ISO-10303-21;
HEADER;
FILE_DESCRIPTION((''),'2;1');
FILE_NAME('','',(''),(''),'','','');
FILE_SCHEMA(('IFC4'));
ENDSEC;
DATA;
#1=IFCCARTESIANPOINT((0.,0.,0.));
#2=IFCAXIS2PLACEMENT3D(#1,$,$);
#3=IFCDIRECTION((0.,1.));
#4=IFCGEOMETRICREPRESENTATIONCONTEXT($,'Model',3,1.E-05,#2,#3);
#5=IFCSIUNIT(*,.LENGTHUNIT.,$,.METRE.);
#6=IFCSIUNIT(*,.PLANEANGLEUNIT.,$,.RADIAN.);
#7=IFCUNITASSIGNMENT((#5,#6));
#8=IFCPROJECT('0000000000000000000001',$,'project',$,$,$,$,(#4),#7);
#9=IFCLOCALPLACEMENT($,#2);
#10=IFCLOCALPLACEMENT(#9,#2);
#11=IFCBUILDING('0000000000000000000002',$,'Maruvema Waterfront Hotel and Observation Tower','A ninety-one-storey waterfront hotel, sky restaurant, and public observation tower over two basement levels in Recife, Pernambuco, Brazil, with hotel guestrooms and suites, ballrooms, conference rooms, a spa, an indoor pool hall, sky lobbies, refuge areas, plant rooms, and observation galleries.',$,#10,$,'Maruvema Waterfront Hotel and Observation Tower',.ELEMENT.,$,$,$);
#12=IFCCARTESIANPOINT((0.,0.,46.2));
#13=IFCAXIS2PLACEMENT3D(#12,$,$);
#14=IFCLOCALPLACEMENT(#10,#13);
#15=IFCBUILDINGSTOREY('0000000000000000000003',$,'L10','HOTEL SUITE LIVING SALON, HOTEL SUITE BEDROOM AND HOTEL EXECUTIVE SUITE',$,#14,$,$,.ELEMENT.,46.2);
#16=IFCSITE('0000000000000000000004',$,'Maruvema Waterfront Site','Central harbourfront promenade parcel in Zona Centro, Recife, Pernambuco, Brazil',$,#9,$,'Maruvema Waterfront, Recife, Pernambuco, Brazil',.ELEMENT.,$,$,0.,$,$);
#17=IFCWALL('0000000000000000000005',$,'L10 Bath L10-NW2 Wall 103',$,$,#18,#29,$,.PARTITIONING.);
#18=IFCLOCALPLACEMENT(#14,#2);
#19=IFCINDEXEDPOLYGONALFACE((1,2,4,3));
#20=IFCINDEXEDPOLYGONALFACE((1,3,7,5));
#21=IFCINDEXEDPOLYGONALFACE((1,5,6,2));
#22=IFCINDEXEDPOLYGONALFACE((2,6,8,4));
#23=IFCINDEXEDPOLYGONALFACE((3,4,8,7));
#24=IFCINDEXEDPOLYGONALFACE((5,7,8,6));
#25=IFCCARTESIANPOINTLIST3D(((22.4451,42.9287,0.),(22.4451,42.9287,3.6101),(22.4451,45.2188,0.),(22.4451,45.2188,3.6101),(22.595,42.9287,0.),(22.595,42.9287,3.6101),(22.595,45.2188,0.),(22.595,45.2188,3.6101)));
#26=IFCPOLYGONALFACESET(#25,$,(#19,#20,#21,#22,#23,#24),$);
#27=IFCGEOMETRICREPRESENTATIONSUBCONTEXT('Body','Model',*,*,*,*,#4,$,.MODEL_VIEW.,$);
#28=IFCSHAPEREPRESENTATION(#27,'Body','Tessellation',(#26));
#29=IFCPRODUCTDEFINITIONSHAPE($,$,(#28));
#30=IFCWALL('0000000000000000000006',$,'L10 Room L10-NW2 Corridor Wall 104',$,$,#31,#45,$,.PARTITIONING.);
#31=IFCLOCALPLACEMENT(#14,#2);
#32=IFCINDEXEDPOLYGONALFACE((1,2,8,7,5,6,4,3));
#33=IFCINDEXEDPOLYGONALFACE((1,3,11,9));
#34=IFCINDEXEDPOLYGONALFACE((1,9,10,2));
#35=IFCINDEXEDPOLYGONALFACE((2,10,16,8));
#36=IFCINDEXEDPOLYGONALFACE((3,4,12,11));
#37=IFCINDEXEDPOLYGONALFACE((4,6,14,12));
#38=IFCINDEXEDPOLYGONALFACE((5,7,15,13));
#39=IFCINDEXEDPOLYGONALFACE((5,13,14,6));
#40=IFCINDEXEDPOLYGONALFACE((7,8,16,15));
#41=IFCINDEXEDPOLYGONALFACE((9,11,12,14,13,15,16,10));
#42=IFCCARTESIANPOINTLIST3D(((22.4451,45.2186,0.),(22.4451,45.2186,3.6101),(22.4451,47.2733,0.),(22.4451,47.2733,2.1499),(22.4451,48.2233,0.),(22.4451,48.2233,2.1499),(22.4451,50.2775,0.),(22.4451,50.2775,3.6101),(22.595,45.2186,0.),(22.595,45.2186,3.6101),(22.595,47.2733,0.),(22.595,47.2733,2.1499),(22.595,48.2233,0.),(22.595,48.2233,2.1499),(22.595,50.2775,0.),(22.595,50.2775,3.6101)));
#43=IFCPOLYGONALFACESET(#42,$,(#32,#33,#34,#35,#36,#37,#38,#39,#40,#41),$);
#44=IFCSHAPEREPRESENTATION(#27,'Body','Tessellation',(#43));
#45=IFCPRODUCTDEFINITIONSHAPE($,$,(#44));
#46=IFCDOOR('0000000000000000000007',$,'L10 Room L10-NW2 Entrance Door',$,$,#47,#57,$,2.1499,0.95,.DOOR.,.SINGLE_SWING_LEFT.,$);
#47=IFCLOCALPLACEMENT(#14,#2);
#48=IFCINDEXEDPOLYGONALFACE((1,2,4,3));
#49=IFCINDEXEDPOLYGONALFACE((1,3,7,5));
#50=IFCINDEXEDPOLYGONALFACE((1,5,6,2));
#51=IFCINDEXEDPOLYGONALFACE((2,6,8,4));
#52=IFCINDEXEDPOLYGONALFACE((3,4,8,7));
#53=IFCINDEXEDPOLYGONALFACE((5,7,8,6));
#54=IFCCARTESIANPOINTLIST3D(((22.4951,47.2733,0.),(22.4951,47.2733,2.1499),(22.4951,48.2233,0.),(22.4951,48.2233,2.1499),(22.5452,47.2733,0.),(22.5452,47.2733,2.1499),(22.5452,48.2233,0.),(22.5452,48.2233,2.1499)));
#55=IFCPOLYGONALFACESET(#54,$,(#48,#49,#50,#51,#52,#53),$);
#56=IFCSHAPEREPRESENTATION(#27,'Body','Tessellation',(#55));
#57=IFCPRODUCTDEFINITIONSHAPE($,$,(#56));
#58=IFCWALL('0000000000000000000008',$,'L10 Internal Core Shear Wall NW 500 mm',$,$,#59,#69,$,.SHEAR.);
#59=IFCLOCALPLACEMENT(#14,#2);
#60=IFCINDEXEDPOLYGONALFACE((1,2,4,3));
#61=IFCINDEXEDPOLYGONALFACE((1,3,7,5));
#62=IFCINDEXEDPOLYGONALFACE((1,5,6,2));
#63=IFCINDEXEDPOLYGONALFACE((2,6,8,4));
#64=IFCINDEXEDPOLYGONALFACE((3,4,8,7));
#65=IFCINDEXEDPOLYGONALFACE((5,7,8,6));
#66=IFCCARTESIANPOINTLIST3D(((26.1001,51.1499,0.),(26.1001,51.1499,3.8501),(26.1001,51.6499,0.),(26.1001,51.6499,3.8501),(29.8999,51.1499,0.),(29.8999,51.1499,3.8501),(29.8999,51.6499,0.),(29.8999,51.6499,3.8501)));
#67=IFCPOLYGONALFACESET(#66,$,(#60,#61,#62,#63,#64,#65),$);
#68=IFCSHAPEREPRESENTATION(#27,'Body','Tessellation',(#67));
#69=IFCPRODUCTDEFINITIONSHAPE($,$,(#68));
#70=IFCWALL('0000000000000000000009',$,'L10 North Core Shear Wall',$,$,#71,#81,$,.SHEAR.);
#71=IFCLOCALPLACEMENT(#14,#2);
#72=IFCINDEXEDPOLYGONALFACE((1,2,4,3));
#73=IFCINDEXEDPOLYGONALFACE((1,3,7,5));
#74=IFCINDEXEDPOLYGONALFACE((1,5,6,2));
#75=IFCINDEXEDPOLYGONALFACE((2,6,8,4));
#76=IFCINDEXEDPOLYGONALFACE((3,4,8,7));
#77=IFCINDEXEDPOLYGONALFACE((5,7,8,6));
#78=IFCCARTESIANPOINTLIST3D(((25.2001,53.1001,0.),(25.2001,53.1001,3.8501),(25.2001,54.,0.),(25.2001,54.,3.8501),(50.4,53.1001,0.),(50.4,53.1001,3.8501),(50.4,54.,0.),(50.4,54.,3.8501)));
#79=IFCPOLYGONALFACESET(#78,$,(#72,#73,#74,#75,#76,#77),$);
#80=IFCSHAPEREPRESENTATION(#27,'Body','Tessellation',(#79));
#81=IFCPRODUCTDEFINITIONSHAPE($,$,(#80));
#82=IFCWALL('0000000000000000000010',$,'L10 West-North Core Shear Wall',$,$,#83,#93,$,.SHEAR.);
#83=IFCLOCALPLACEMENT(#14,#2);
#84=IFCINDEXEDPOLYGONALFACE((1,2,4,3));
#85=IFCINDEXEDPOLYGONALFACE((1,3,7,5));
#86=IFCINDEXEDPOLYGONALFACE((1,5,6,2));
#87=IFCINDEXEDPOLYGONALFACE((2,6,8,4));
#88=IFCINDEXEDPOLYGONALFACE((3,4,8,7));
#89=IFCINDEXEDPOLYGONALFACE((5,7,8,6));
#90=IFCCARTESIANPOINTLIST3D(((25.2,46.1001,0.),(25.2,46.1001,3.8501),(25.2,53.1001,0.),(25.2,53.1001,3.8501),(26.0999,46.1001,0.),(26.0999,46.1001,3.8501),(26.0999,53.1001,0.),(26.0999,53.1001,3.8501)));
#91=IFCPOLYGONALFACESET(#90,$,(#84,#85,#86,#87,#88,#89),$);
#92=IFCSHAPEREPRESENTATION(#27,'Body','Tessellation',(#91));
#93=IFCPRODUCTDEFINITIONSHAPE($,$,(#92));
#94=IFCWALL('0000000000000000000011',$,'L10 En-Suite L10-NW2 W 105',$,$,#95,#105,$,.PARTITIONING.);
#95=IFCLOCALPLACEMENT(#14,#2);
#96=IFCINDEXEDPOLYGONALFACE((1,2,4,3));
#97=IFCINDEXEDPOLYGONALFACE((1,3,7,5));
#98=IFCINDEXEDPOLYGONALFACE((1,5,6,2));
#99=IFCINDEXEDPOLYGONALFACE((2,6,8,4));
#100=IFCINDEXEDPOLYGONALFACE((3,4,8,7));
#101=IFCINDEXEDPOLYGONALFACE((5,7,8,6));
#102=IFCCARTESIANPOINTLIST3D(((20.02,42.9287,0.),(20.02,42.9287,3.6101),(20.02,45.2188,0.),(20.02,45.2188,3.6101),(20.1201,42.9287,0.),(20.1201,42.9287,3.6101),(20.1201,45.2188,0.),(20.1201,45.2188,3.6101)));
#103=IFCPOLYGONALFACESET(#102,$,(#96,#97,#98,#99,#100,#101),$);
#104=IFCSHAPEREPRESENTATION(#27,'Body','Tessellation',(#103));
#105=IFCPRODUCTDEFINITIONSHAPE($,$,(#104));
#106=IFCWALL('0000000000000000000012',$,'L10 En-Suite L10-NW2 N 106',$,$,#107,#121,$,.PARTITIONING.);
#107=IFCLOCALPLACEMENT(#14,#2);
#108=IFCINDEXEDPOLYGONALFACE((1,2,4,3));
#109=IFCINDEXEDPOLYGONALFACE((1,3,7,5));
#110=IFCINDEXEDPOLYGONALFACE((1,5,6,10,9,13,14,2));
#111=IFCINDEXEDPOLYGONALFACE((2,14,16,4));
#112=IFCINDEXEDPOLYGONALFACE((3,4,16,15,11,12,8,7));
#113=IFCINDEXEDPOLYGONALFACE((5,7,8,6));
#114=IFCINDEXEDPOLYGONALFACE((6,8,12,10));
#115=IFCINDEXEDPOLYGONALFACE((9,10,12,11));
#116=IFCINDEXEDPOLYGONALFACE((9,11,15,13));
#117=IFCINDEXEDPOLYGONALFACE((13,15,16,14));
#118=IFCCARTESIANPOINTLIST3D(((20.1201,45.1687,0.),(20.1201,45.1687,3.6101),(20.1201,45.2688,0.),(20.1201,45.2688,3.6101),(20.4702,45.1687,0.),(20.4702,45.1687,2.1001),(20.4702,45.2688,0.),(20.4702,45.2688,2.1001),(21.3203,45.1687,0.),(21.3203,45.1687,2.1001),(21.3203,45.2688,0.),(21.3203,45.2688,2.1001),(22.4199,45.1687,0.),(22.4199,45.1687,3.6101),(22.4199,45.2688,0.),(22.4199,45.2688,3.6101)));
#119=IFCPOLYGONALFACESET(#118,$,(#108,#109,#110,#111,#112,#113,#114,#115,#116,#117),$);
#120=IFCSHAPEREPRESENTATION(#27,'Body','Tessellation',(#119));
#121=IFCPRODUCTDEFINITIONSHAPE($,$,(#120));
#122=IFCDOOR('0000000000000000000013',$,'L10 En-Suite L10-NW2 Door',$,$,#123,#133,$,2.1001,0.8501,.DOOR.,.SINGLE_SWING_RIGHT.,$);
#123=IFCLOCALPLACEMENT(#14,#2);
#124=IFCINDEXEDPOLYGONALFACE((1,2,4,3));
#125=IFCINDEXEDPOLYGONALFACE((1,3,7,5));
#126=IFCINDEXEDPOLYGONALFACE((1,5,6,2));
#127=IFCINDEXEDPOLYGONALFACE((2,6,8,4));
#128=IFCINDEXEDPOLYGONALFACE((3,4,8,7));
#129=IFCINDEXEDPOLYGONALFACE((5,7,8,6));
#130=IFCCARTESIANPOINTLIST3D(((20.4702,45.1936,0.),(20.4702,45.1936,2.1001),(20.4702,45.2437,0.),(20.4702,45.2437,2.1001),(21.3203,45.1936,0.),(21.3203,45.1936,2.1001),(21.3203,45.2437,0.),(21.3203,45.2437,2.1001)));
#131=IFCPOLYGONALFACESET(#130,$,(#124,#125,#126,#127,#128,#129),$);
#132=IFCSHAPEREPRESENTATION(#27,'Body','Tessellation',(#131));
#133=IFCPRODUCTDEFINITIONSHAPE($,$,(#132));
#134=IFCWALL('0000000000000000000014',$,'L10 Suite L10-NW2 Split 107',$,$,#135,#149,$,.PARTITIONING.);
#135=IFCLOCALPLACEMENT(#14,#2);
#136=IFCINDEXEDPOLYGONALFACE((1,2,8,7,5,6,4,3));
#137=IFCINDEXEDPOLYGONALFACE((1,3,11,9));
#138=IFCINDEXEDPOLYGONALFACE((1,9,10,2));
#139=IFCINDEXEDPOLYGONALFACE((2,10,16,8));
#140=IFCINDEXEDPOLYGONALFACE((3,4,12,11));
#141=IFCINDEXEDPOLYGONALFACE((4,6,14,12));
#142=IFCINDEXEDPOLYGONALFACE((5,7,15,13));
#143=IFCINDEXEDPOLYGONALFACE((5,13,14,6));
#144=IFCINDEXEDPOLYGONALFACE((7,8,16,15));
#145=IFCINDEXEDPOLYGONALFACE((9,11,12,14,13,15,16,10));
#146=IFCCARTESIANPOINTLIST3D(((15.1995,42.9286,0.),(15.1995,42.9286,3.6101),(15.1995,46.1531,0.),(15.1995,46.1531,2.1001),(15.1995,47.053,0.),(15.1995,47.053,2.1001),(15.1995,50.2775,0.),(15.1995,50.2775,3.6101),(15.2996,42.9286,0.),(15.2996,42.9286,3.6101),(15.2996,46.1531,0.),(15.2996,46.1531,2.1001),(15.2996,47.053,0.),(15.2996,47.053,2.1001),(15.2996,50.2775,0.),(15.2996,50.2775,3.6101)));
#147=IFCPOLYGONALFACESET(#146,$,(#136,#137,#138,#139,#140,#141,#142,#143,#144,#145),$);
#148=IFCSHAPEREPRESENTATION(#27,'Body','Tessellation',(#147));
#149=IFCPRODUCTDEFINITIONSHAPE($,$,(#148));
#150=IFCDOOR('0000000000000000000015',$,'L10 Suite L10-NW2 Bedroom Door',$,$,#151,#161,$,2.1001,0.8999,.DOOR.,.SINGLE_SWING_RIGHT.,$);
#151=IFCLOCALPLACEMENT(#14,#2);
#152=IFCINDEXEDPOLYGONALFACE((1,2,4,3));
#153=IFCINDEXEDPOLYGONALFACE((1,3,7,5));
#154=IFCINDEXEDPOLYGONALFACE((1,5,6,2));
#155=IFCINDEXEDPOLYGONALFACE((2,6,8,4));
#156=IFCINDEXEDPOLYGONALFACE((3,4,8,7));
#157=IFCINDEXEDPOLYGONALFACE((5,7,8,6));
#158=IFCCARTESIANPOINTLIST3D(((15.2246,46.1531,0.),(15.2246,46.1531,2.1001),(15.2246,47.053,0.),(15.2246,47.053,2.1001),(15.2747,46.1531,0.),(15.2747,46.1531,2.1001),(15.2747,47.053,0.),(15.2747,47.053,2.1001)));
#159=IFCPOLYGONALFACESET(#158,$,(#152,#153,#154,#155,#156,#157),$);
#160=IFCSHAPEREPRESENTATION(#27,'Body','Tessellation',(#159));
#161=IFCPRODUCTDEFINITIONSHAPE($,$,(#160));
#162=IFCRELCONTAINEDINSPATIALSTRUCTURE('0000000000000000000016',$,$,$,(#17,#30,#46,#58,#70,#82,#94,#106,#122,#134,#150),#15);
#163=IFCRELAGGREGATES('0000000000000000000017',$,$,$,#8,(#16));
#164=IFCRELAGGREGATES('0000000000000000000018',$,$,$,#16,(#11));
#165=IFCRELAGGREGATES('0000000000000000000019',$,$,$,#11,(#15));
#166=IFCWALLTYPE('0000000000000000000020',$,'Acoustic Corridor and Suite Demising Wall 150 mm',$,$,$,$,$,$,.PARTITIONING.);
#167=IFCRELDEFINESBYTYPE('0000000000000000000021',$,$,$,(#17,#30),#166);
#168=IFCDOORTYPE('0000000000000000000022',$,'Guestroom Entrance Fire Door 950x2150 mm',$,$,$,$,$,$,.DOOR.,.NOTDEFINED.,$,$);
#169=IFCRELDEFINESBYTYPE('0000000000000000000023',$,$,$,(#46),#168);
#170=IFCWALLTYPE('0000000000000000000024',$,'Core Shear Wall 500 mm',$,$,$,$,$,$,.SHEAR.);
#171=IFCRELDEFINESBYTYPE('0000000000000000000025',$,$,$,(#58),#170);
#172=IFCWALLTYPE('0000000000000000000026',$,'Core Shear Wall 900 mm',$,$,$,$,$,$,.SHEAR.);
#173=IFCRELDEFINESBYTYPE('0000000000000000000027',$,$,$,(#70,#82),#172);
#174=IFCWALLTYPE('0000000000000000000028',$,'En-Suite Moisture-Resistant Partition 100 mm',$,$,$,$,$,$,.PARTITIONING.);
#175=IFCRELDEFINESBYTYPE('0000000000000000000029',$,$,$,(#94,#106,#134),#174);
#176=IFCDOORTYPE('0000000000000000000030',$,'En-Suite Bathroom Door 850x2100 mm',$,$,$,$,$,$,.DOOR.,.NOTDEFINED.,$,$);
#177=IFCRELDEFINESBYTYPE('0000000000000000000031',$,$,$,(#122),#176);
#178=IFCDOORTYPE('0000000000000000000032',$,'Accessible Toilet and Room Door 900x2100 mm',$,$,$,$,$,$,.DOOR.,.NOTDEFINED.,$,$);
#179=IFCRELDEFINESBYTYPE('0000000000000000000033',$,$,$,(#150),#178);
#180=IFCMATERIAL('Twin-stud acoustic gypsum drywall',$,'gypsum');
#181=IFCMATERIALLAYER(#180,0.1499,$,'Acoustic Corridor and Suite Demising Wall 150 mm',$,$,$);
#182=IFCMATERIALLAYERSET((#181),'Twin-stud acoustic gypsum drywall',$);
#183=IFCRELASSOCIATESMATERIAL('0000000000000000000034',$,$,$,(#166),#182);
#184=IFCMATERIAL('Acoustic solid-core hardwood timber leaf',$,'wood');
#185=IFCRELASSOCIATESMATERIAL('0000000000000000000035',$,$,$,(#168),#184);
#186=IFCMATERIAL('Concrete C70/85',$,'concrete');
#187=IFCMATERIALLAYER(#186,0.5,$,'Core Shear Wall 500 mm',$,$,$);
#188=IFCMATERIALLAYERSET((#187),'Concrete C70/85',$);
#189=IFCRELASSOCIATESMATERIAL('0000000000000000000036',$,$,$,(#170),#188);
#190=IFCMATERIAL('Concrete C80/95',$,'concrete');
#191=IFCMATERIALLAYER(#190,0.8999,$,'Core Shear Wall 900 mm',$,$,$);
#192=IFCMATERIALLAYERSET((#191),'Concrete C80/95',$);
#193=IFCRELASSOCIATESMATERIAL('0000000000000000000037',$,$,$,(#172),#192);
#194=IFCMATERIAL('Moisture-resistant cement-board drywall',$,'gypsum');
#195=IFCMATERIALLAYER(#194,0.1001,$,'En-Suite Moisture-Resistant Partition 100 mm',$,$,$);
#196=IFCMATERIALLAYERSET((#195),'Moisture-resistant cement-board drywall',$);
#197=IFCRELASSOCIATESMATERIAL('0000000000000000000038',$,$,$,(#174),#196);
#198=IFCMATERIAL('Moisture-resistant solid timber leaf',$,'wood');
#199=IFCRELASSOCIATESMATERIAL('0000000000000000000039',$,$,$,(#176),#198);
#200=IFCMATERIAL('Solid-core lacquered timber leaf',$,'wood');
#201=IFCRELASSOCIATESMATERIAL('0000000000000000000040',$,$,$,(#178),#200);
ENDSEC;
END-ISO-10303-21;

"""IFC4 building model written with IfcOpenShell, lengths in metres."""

from ifc_helpers import new_model, si_unit, direction, frame, frame_2d, origin, place, context, subcontext, project, spatial, rectangle, extrude, material, layer, layer_set, type_object, element, fill, save


model = new_model("IFC4")

# Units and contexts
model_context = context("Model", 3, precision=1e-05, world=origin(), true_north=direction((0.0, 1.0)))
body_context = subcontext(model_context, "Body", "Model", "MODEL_VIEW")
ifc_project = project(units=[si_unit("LENGTHUNIT", "METRE"), si_unit("PLANEANGLEUNIT", "RADIAN")], contexts=[model_context])

# Site, building, storey
site_placement = place(None, origin())
site = spatial("IfcSite", under=ifc_project, at=site_placement, Name="Maruvema Waterfront Site", Description="Central harbourfront promenade parcel in Zona Centro, Recife, Pernambuco, Brazil", LongName="Maruvema Waterfront, Recife, Pernambuco, Brazil", CompositionType="ELEMENT", RefElevation=0.0)
building_placement = place(site_placement, origin())
building = spatial("IfcBuilding", under=site, at=building_placement, Name="Maruvema Waterfront Hotel and Observation Tower", Description="A ninety-one-storey waterfront hotel, sky restaurant, and public observation tower over two basement levels in Recife, Pernambuco, Brazil, with hotel guestrooms and suites, ballrooms, conference rooms, a spa, an indoor pool hall, sky lobbies, refuge areas, plant rooms, and observation galleries.", LongName="Maruvema Waterfront Hotel and Observation Tower", CompositionType="ELEMENT")
storey_placement = place(building_placement, frame((0.0, 0.0, 46.2)))
storey = spatial("IfcBuildingStorey", under=building, at=storey_placement, Name="L10", Description="HOTEL SUITE LIVING SALON, HOTEL SUITE BEDROOM AND HOTEL EXECUTIVE SUITE", CompositionType="ELEMENT", Elevation=46.2)

# Wall
ifc_material_1 = material(Name="Twin-stud acoustic gypsum drywall", Category="gypsum")
ifc_layer_1 = layer(ifc_material_1, 0.1499, Name="Acoustic Corridor and Suite Demising Wall 150 mm")
ifc_layer_set_1 = layer_set([ifc_layer_1], Name="Twin-stud acoustic gypsum drywall")
wall_type_1 = type_object("IfcWallType", Name="Acoustic Corridor and Suite Demising Wall 150 mm", PredefinedType="PARTITIONING", material=ifc_layer_set_1)
wall_1_placement = place(storey_placement, frame((22.52, 42.9287, 0.0), z_axis=(0.0, 0.0, 1.0), x_axis=(0.0, 1.0, 0.0)))
element("IfcWall", 1, at=wall_1_placement, inside=storey, type_object=wall_type_1, Name="L10 Bath L10-NW2 Wall 103", PredefinedType="PARTITIONING", context=body_context, shape_type="SweptSolid", body=[
    extrude(rectangle(XDim=2.29, YDim=0.1499, at=frame_2d((1.145, 0.0))), origin(), (0.0, 0.0, 1.0), 3.6101),
])

# Wall, opening, door
wall_2_placement = place(storey_placement, frame((22.52, 45.2188, 0.0), z_axis=(0.0, 0.0, 1.0), x_axis=(0.0, 1.0, 0.0)))
wall_2 = element("IfcWall", 2, at=wall_2_placement, inside=storey, type_object=wall_type_1, Name="L10 Room L10-NW2 Corridor Wall 104", PredefinedType="PARTITIONING", context=body_context, shape_type="SweptSolid", body=[
    extrude(rectangle(XDim=5.0588, YDim=0.1499, at=frame_2d((2.5293, 0.0))), origin(), (0.0, 0.0, 1.0), 3.6101),
])
opening_1_placement = place(wall_2_placement, frame((2.0544, 0.0, 0.0)))
opening_1 = element("IfcOpeningElement", 3, at=opening_1_placement, cuts=wall_2, PredefinedType="OPENING", context=body_context, shape_type="SweptSolid", body=[
    extrude(rectangle(XDim=0.95, YDim=2.1499, at=frame_2d((0.4751, 1.075))), frame((0.0, 0.085, 0.0), z_axis=(0.0, -1.0, 0.0), x_axis=(1.0, 0.0, 0.0)), (0.0, 0.0, 1.0), 0.1699),
])
ifc_material_2 = material(Name="Acoustic solid-core hardwood timber leaf", Category="wood")
door_type_1 = type_object("IfcDoorType", Name="Guestroom Entrance Fire Door 950x2150 mm", OperationType="NOTDEFINED", PredefinedType="DOOR", material=ifc_material_2)
door_1_placement = place(opening_1_placement, origin())
door_1 = element("IfcDoor", 4, at=door_1_placement, inside=storey, type_object=door_type_1, Name="L10 Room L10-NW2 Entrance Door", OperationType="SINGLE_SWING_LEFT", OverallHeight=2.1499, OverallWidth=0.95, PredefinedType="DOOR", context=body_context, shape_type="SweptSolid", body=[
    extrude(rectangle(XDim=0.95, YDim=2.1499, at=frame_2d((0.4751, 1.075))), frame((0.0, 0.0249, 0.0), z_axis=(0.0, -1.0, 0.0), x_axis=(1.0, 0.0, 0.0)), (0.0, 0.0, 1.0), 0.05),
])
fill(opening_1, door_1)

# Walls
ifc_material_3 = material(Name="Concrete C70/85", Category="concrete")
ifc_layer_2 = layer(ifc_material_3, 0.5, Name="Core Shear Wall 500 mm")
ifc_layer_set_2 = layer_set([ifc_layer_2], Name="Concrete C70/85")
wall_type_2 = type_object("IfcWallType", Name="Core Shear Wall 500 mm", PredefinedType="SHEAR", material=ifc_layer_set_2)
wall_3_placement = place(storey_placement, frame((26.1001, 51.3999, 0.0), z_axis=(0.0, 0.0, 1.0), x_axis=(1.0, 0.0, 0.0)))
element("IfcWall", 5, at=wall_3_placement, inside=storey, type_object=wall_type_2, Name="L10 Internal Core Shear Wall NW 500 mm", PredefinedType="SHEAR", context=body_context, shape_type="SweptSolid", body=[
    extrude(rectangle(XDim=3.7998, YDim=0.5, at=frame_2d((1.8999, 0.0))), origin(), (0.0, 0.0, 1.0), 3.8501),
])
ifc_material_4 = material(Name="Concrete C80/95", Category="concrete")
ifc_layer_3 = layer(ifc_material_4, 0.8999, Name="Core Shear Wall 900 mm")
ifc_layer_set_3 = layer_set([ifc_layer_3], Name="Concrete C80/95")
wall_type_3 = type_object("IfcWallType", Name="Core Shear Wall 900 mm", PredefinedType="SHEAR", material=ifc_layer_set_3)
wall_4_placement = place(storey_placement, frame((25.2, 53.55, 0.0), z_axis=(0.0, 0.0, 1.0), x_axis=(1.0, 0.0, 0.0)))
element("IfcWall", 6, at=wall_4_placement, inside=storey, type_object=wall_type_3, Name="L10 North Core Shear Wall", PredefinedType="SHEAR", context=body_context, shape_type="SweptSolid", body=[
    extrude(rectangle(XDim=25.2, YDim=0.8999, at=frame_2d((12.6001, 0.0))), origin(), (0.0, 0.0, 1.0), 3.8501),
])
wall_5_placement = place(storey_placement, frame((25.6499, 46.1001, 0.0), z_axis=(0.0, 0.0, 1.0), x_axis=(0.0, 1.0, 0.0)))
element("IfcWall", 7, at=wall_5_placement, inside=storey, type_object=wall_type_3, Name="L10 West-North Core Shear Wall", PredefinedType="SHEAR", context=body_context, shape_type="SweptSolid", body=[
    extrude(rectangle(XDim=7.0, YDim=0.8999, at=frame_2d((3.5, 0.0))), origin(), (0.0, 0.0, 1.0), 3.8501),
])
ifc_material_5 = material(Name="Moisture-resistant cement-board drywall", Category="gypsum")
ifc_layer_4 = layer(ifc_material_5, 0.1001, Name="En-Suite Moisture-Resistant Partition 100 mm")
ifc_layer_set_4 = layer_set([ifc_layer_4], Name="Moisture-resistant cement-board drywall")
wall_type_4 = type_object("IfcWallType", Name="En-Suite Moisture-Resistant Partition 100 mm", PredefinedType="PARTITIONING", material=ifc_layer_set_4)
wall_6_placement = place(storey_placement, frame((20.0701, 42.9287, 0.0), z_axis=(0.0, 0.0, 1.0), x_axis=(0.0, 1.0, 0.0)))
element("IfcWall", 8, at=wall_6_placement, inside=storey, type_object=wall_type_4, Name="L10 En-Suite L10-NW2 W 105", PredefinedType="PARTITIONING", context=body_context, shape_type="SweptSolid", body=[
    extrude(rectangle(XDim=2.29, YDim=0.1001, at=frame_2d((1.145, 0.0))), origin(), (0.0, 0.0, 1.0), 3.6101),
])

# Walls, openings, doors
wall_7_placement = place(storey_placement, frame((20.1201, 45.2188, 0.0), z_axis=(0.0, 0.0, 1.0), x_axis=(1.0, 0.0, 0.0)))
wall_7 = element("IfcWall", 9, at=wall_7_placement, inside=storey, type_object=wall_type_4, Name="L10 En-Suite L10-NW2 N 106", PredefinedType="PARTITIONING", context=body_context, shape_type="SweptSolid", body=[
    extrude(rectangle(XDim=2.2998, YDim=0.1001, at=frame_2d((1.1499, 0.0))), origin(), (0.0, 0.0, 1.0), 3.6101),
])
opening_2_placement = place(wall_7_placement, frame((0.3501, 0.0, 0.0)))
opening_2 = element("IfcOpeningElement", 10, at=opening_2_placement, cuts=wall_7, PredefinedType="OPENING", context=body_context, shape_type="SweptSolid", body=[
    extrude(rectangle(XDim=0.8501, YDim=2.1001, at=frame_2d((0.425, 1.05))), frame((0.0, 0.0601, 0.0), z_axis=(0.0, -1.0, 0.0), x_axis=(1.0, 0.0, 0.0)), (0.0, 0.0, 1.0), 0.1201),
])
ifc_material_6 = material(Name="Moisture-resistant solid timber leaf", Category="wood")
door_type_2 = type_object("IfcDoorType", Name="En-Suite Bathroom Door 850x2100 mm", OperationType="NOTDEFINED", PredefinedType="DOOR", material=ifc_material_6)
door_2_placement = place(opening_2_placement, origin())
door_2 = element("IfcDoor", 11, at=door_2_placement, inside=storey, type_object=door_type_2, Name="L10 En-Suite L10-NW2 Door", OperationType="SINGLE_SWING_RIGHT", OverallHeight=2.1001, OverallWidth=0.8501, PredefinedType="DOOR", context=body_context, shape_type="SweptSolid", body=[
    extrude(rectangle(XDim=0.8501, YDim=2.1001, at=frame_2d((0.425, 1.05))), frame((0.0, 0.0249, 0.0), z_axis=(0.0, -1.0, 0.0), x_axis=(1.0, 0.0, 0.0)), (0.0, 0.0, 1.0), 0.05),
])
fill(opening_2, door_2)
wall_8_placement = place(storey_placement, frame((15.2495, 42.9287, 0.0), z_axis=(0.0, 0.0, 1.0), x_axis=(0.0, 1.0, 0.0)))
wall_8 = element("IfcWall", 12, at=wall_8_placement, inside=storey, type_object=wall_type_4, Name="L10 Suite L10-NW2 Split 107", PredefinedType="PARTITIONING", context=body_context, shape_type="SweptSolid", body=[
    extrude(rectangle(XDim=7.3489, YDim=0.1001, at=frame_2d((3.6743, 0.0))), origin(), (0.0, 0.0, 1.0), 3.6101),
])
opening_3_placement = place(wall_8_placement, frame((3.2244, 0.0, 0.0)))
opening_3 = element("IfcOpeningElement", 13, at=opening_3_placement, cuts=wall_8, PredefinedType="OPENING", context=body_context, shape_type="SweptSolid", body=[
    extrude(rectangle(XDim=0.8999, YDim=2.1001, at=frame_2d((0.45, 1.05))), frame((0.0, 0.0601, 0.0), z_axis=(0.0, -1.0, 0.0), x_axis=(1.0, 0.0, 0.0)), (0.0, 0.0, 1.0), 0.1201),
])
ifc_material_7 = material(Name="Solid-core lacquered timber leaf", Category="wood")
door_type_3 = type_object("IfcDoorType", Name="Accessible Toilet and Room Door 900x2100 mm", OperationType="NOTDEFINED", PredefinedType="DOOR", material=ifc_material_7)
door_3_placement = place(opening_3_placement, origin())
door_3 = element("IfcDoor", 14, at=door_3_placement, inside=storey, type_object=door_type_3, Name="L10 Suite L10-NW2 Bedroom Door", OperationType="SINGLE_SWING_RIGHT", OverallHeight=2.1001, OverallWidth=0.8999, PredefinedType="DOOR", context=body_context, shape_type="SweptSolid", body=[
    extrude(rectangle(XDim=0.8999, YDim=2.1001, at=frame_2d((0.45, 1.05))), frame((0.0, 0.0249, 0.0), z_axis=(0.0, -1.0, 0.0), x_axis=(1.0, 0.0, 0.0)), (0.0, 0.0, 1.0), 0.05),
])
fill(opening_3, door_3)

save(model, "model.ifc")
